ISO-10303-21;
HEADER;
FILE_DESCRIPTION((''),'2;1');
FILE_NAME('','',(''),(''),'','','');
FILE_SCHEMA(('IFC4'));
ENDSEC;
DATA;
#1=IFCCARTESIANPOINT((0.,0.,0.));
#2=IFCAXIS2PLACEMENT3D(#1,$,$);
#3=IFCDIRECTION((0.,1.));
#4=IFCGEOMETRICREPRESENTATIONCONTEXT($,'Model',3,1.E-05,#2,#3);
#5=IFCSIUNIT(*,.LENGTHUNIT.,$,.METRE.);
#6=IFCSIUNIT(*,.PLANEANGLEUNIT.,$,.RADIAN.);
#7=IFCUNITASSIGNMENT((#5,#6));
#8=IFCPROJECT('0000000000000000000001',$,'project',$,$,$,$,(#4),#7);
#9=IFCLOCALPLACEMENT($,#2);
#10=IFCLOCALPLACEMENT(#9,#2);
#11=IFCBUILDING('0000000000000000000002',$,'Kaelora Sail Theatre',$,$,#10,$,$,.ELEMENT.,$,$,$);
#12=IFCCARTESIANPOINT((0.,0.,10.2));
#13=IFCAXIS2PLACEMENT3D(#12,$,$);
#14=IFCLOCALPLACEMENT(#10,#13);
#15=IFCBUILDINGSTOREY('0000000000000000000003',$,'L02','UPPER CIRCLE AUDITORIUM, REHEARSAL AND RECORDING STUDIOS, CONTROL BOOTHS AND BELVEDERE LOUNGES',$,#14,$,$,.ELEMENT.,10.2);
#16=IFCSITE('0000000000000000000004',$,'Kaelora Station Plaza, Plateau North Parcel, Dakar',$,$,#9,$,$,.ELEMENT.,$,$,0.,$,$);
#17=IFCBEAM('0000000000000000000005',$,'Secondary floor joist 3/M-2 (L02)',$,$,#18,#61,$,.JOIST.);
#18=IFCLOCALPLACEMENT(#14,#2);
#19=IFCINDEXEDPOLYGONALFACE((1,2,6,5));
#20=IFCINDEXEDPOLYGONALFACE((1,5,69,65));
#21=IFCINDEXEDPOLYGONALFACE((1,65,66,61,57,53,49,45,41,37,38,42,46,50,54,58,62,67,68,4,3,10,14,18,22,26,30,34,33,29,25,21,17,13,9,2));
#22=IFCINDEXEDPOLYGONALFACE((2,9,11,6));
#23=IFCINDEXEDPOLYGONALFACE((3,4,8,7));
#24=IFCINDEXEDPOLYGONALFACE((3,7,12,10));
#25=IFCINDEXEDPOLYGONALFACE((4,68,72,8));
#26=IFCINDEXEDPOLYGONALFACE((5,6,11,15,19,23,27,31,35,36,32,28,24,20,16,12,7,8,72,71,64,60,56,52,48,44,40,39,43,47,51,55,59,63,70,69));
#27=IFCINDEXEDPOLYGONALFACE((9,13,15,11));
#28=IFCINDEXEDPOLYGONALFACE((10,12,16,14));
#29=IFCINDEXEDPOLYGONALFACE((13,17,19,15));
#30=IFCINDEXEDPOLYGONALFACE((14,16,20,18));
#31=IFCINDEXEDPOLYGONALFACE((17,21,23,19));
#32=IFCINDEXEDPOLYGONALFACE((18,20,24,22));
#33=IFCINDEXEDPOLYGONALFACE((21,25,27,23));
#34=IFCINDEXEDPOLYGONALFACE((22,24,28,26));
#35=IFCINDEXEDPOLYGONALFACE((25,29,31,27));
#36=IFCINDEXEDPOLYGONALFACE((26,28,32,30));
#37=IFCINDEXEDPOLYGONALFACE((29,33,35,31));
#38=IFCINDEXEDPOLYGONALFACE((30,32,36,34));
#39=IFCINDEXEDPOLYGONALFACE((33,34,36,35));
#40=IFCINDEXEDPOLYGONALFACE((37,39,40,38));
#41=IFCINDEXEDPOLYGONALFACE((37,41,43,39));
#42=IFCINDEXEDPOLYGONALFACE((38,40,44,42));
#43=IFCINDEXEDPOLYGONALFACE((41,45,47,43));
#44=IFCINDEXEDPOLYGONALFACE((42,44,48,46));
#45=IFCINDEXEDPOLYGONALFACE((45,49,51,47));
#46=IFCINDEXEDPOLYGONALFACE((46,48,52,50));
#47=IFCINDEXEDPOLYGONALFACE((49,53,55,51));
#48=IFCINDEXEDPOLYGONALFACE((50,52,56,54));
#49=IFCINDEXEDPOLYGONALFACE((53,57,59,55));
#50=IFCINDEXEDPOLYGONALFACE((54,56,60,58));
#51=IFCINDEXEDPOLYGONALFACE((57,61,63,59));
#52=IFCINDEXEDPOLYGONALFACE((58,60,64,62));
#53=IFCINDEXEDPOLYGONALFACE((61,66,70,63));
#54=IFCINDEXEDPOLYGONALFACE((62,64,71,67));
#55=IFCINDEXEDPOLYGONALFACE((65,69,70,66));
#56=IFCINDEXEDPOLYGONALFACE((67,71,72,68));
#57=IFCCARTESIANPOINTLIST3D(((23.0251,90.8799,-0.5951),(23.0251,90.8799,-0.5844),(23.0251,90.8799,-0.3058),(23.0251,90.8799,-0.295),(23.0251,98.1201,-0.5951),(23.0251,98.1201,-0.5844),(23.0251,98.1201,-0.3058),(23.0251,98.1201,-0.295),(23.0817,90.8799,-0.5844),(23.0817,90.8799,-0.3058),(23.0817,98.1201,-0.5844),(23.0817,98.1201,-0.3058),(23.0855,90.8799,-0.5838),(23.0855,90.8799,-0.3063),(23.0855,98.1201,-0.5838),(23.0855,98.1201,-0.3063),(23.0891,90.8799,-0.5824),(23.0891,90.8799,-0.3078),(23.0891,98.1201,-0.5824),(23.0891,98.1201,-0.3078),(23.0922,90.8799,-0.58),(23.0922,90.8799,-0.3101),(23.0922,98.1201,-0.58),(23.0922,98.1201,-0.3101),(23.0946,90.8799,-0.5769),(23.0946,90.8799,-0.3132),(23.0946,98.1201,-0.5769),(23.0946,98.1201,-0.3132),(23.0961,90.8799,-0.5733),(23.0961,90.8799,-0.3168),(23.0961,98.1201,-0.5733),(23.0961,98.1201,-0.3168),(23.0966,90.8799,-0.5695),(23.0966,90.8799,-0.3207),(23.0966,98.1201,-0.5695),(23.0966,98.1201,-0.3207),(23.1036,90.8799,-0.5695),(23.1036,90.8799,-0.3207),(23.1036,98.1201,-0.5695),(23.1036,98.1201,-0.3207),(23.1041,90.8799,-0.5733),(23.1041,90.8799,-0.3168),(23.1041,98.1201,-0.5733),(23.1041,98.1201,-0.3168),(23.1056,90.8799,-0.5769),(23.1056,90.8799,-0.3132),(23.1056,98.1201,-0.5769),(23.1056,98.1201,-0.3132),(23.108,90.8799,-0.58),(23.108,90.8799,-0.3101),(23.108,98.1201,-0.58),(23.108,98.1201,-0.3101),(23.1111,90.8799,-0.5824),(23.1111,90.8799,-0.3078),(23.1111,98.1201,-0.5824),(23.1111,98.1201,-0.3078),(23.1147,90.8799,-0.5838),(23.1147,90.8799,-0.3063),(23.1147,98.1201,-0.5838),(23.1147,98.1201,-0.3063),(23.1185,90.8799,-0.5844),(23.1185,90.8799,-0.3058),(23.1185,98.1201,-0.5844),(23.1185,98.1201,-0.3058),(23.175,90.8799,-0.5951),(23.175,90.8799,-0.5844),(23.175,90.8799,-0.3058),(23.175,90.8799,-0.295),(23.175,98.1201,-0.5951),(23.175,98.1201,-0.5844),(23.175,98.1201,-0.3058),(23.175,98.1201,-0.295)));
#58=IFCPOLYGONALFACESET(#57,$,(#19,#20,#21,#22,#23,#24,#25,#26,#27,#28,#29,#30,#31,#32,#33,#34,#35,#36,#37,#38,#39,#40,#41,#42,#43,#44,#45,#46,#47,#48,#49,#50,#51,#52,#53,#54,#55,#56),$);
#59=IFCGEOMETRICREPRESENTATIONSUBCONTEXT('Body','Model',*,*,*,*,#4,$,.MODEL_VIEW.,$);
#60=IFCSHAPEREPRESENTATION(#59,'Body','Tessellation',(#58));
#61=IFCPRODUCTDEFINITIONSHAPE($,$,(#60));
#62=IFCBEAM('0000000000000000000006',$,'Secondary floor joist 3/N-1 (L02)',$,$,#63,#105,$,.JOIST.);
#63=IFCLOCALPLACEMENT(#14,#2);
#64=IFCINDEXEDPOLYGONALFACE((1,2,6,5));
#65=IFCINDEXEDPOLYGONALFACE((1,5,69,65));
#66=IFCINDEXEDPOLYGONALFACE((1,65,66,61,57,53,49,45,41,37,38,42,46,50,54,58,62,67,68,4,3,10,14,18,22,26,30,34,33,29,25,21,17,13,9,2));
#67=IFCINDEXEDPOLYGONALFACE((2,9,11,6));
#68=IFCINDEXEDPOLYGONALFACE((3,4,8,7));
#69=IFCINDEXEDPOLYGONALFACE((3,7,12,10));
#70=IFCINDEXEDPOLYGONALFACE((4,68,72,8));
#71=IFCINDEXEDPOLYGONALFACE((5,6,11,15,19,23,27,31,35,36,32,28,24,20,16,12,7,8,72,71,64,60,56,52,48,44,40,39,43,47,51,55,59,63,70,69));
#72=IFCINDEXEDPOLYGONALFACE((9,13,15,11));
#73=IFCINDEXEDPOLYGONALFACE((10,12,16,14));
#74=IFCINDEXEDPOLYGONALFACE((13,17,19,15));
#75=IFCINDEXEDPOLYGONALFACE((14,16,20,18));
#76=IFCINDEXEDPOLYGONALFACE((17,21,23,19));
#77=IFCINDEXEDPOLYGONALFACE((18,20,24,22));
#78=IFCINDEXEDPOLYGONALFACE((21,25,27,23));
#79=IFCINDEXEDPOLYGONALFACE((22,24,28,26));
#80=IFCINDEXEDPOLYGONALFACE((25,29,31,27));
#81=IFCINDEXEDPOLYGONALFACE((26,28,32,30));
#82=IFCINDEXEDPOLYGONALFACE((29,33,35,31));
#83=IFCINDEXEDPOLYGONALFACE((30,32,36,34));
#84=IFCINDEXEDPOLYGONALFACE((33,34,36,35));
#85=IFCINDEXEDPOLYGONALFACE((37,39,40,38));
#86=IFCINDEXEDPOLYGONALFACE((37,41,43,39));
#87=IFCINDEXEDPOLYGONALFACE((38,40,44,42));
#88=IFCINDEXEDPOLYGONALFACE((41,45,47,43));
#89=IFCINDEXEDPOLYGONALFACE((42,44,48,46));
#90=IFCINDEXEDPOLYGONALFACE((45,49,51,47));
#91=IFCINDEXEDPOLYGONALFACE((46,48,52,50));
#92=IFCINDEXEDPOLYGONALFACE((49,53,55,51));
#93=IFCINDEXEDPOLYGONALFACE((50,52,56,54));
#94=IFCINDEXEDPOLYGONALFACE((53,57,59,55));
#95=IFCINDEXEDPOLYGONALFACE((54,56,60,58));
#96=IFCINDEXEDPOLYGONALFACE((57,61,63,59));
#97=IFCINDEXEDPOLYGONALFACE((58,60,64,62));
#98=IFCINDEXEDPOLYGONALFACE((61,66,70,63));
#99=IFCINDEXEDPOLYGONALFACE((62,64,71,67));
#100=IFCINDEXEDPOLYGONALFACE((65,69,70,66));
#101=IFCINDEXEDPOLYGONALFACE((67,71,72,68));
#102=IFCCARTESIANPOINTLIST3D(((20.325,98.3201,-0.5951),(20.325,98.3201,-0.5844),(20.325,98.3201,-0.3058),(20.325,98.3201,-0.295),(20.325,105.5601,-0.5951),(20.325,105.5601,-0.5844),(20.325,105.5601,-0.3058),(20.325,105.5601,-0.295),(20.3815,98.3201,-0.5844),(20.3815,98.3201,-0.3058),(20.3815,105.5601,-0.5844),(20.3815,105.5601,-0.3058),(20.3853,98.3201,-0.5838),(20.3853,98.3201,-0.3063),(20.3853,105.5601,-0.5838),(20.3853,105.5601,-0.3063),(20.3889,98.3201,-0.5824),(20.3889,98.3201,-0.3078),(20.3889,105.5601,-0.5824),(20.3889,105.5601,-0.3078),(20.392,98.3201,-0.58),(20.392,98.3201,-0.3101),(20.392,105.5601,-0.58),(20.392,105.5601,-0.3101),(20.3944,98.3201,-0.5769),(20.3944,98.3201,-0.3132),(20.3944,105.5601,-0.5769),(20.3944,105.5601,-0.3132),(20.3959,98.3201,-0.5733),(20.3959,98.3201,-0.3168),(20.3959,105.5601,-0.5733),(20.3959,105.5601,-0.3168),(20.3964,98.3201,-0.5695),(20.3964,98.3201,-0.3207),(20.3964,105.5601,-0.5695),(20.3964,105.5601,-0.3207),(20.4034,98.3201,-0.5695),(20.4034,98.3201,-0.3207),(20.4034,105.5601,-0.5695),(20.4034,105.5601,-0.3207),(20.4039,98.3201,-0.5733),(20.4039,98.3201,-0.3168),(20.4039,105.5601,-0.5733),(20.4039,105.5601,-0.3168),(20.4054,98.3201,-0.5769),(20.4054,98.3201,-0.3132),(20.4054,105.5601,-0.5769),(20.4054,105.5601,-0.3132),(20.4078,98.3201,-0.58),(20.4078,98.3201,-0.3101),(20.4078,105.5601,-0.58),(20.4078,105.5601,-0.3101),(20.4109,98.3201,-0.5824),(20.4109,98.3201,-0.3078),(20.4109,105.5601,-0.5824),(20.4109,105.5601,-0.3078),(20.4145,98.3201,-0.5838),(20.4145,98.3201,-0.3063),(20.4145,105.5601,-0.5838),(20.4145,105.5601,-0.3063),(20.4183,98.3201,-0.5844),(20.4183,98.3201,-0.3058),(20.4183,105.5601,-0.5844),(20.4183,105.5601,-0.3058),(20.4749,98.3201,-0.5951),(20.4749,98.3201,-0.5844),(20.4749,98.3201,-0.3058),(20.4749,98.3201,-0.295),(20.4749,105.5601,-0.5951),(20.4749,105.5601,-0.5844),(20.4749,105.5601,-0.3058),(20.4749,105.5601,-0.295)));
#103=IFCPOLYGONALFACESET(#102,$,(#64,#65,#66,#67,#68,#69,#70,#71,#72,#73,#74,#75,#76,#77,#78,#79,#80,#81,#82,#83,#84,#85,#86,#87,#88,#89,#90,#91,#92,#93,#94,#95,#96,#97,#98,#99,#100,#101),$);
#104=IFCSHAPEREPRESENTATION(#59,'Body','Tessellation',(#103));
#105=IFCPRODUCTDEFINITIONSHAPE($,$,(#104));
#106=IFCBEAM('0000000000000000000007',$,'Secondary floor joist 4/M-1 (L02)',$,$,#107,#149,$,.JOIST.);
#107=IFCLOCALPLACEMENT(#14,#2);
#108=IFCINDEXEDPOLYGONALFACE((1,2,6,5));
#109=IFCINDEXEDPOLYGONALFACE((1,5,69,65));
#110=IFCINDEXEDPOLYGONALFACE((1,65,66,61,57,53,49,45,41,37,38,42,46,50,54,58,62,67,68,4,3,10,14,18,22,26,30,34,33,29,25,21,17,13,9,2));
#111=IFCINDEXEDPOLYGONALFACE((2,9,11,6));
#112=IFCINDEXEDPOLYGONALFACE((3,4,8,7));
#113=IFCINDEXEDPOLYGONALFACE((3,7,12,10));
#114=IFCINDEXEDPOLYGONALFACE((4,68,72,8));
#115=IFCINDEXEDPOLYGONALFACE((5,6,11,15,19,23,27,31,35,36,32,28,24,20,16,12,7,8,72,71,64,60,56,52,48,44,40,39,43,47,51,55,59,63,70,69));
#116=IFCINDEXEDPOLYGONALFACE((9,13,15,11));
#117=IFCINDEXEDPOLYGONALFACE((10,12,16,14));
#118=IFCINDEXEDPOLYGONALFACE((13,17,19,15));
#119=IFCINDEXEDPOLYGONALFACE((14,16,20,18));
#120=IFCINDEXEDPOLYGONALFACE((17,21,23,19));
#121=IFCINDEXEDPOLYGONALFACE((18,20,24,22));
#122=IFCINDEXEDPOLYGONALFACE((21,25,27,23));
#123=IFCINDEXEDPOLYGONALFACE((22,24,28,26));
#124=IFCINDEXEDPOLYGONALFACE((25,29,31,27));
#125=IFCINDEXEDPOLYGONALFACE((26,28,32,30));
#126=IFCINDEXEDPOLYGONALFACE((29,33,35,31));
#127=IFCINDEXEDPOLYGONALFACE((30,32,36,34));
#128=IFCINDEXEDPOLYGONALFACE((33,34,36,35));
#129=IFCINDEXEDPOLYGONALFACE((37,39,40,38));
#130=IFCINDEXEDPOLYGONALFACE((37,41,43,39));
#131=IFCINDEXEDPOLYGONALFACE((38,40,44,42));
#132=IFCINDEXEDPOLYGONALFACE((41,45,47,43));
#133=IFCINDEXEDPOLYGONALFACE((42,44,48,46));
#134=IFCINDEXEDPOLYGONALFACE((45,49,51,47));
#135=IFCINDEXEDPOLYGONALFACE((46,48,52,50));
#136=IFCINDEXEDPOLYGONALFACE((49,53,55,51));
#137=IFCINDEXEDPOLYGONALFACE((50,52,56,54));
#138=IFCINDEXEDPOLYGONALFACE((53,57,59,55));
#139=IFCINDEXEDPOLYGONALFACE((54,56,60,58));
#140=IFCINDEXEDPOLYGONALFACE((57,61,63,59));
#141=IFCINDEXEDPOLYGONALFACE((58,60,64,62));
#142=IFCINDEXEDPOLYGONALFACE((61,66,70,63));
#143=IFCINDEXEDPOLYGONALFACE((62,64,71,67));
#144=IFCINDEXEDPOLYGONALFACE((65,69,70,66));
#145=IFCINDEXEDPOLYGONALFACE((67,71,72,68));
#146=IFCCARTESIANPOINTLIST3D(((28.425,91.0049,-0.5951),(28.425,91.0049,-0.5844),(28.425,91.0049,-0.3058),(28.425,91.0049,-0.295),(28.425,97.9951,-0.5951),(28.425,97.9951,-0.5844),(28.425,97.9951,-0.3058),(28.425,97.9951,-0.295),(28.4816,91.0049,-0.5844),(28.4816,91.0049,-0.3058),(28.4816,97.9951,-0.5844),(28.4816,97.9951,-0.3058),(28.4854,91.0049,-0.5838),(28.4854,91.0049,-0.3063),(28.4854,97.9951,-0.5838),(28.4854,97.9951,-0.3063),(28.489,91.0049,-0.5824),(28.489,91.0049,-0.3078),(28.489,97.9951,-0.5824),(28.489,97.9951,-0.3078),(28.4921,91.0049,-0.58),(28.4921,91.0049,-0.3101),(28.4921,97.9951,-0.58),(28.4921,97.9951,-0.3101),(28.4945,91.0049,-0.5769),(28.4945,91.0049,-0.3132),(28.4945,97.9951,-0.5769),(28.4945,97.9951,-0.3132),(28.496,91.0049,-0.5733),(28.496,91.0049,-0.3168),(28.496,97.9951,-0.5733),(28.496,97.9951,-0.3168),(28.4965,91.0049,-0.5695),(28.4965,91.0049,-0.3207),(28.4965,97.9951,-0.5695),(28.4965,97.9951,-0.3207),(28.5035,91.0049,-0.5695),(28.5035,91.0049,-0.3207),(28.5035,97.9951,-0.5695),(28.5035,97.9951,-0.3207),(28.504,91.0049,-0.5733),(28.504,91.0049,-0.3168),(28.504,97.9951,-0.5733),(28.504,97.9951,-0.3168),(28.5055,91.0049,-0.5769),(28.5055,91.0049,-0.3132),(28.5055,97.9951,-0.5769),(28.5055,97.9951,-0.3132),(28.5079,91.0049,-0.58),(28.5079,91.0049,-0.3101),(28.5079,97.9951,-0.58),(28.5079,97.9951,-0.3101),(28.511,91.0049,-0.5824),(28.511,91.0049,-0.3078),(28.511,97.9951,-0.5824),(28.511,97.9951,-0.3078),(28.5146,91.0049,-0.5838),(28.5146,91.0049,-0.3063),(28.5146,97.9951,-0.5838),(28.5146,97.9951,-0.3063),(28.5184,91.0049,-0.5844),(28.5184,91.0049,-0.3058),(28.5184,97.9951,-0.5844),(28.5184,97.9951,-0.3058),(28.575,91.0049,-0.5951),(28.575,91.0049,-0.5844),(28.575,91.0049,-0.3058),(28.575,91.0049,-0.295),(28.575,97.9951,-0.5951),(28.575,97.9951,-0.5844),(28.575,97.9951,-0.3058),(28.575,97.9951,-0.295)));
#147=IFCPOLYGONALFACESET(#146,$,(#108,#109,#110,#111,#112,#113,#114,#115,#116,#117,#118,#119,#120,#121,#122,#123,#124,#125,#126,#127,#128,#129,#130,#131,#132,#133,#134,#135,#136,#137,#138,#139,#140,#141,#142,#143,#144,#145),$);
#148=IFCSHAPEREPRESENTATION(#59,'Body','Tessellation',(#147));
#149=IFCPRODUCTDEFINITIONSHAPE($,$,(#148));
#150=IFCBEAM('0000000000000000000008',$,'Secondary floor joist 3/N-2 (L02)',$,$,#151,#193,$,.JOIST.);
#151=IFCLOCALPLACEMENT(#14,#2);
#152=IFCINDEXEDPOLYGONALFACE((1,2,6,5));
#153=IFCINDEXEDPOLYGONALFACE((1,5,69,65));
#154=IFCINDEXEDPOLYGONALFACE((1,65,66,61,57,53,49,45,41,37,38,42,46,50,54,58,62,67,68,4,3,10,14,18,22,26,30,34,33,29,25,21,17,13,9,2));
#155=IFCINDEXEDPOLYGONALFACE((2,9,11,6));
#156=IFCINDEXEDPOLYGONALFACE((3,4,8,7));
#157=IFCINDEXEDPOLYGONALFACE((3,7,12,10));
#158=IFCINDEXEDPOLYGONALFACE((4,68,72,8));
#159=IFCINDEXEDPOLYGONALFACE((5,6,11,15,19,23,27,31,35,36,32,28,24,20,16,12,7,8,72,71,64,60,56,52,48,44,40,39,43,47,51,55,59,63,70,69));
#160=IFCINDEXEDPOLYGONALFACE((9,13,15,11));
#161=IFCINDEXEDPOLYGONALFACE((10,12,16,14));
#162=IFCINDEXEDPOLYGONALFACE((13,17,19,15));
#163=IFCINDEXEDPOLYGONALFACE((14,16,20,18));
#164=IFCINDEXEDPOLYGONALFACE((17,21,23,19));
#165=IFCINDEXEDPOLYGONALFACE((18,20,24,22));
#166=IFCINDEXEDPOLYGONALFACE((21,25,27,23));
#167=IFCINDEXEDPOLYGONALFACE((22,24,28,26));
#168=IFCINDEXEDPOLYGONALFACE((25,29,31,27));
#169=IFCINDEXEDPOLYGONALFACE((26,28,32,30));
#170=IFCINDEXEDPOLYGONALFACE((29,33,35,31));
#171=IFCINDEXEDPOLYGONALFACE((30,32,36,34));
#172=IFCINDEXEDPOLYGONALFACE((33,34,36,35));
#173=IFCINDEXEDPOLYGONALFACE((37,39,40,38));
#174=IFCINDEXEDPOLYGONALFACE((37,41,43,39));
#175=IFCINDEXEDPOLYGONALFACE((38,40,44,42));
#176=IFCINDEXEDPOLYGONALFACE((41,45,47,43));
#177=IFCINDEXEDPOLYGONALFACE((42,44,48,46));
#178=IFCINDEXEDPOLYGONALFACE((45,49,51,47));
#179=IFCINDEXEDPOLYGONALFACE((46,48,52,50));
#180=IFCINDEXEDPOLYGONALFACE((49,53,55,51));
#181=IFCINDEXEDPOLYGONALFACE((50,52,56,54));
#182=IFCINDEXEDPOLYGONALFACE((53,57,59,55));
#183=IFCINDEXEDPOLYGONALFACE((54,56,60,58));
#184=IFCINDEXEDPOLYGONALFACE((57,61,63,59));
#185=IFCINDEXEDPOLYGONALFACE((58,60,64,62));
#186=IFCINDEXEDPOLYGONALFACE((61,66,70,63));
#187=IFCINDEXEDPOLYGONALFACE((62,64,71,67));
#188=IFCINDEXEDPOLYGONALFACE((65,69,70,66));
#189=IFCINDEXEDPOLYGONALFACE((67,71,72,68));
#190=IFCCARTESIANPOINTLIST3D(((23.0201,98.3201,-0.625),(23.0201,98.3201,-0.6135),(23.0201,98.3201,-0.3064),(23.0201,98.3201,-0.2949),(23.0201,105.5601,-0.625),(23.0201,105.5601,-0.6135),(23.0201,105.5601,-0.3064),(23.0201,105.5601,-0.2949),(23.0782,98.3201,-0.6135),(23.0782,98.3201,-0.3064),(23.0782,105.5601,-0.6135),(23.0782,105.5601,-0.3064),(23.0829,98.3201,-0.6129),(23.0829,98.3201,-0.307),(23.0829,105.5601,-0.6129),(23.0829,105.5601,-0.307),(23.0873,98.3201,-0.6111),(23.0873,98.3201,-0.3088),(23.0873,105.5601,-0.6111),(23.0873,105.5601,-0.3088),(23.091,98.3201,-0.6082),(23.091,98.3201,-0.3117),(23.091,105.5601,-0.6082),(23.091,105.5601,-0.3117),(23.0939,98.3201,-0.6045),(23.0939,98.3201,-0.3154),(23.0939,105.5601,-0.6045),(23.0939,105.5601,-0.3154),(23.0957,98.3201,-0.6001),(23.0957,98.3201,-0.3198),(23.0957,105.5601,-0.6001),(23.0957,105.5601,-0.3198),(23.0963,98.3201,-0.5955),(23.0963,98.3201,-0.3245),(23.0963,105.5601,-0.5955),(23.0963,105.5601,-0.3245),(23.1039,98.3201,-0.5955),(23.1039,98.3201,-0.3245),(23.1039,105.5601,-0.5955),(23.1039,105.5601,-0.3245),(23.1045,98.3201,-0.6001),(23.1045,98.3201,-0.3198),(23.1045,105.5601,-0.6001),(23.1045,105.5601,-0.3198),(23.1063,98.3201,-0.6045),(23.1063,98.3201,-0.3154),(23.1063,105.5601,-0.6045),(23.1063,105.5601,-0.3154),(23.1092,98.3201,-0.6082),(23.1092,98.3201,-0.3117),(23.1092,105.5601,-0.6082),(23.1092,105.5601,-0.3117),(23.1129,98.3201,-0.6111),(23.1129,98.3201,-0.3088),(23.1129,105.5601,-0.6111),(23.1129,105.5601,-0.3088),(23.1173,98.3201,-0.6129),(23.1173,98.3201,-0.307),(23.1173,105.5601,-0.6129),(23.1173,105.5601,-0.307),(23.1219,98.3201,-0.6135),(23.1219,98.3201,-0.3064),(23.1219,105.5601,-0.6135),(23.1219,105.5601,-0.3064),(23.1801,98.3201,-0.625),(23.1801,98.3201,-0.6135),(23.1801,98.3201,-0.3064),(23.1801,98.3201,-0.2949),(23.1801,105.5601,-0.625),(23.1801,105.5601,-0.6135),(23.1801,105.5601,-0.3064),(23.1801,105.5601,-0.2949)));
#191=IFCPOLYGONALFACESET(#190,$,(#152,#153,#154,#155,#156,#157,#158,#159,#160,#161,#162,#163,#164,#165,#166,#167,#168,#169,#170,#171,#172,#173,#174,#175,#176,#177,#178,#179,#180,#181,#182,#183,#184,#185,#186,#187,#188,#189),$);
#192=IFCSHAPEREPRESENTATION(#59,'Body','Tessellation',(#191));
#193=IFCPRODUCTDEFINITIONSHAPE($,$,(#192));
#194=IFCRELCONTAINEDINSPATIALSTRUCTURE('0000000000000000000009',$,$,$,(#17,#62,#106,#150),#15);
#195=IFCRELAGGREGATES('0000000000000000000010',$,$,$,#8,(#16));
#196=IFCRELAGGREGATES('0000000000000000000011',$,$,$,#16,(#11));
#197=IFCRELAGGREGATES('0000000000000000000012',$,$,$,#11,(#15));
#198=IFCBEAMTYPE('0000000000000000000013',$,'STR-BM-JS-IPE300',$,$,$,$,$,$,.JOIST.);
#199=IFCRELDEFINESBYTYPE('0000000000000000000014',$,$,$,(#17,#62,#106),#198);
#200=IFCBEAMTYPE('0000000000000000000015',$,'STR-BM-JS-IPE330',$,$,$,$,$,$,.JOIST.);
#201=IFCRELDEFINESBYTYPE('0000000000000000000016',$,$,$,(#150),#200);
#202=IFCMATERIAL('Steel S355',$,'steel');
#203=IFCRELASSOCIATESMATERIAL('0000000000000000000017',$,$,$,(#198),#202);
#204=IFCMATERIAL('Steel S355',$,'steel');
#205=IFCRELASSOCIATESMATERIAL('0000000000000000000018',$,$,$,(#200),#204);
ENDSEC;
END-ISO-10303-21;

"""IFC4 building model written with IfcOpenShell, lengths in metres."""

from ifc_helpers import new_model, si_unit, direction, frame, origin, origin_2d, place, context, subcontext, project, spatial, i_section, extrude, material, material_profile, profile_set, type_object, element, save


model = new_model("IFC4")

# Units and contexts
model_context = context("Model", 3, precision=1e-05, world=origin(), true_north=direction((0.0, 1.0)))
body_context = subcontext(model_context, "Body", "Model", "MODEL_VIEW")
ifc_project = project(units=[si_unit("LENGTHUNIT", "METRE"), si_unit("PLANEANGLEUNIT", "RADIAN")], contexts=[model_context])

# Site, building, storey
site_placement = place(None, origin())
site = spatial("IfcSite", under=ifc_project, at=site_placement, Name="Kaelora Station Plaza, Plateau North Parcel, Dakar", CompositionType="ELEMENT", RefElevation=0.0)
building_placement = place(site_placement, origin())
building = spatial("IfcBuilding", under=site, at=building_placement, Name="Kaelora Sail Theatre", CompositionType="ELEMENT")
storey_placement = place(building_placement, frame((0.0, 0.0, 10.2)))
storey = spatial("IfcBuildingStorey", under=building, at=storey_placement, Name="L02", Description="UPPER CIRCLE AUDITORIUM, REHEARSAL AND RECORDING STUDIOS, CONTROL BOOTHS AND BELVEDERE LOUNGES", CompositionType="ELEMENT", Elevation=10.2)

# Beams
ifc_material_1 = material(Name="Steel S355", Category="steel")
ifc_material_profile_1 = material_profile(ifc_material_1, i_section(OverallWidth=0.1499, OverallDepth=0.3, WebThickness=0.0071, FlangeThickness=0.0107, FilletRadius=0.0149, at=origin_2d()), Name="IPE 300")
ifc_profile_set_1 = profile_set([ifc_material_profile_1], Name="Steel S355")
beam_type_1 = type_object("IfcBeamType", Name="STR-BM-JS-IPE300", PredefinedType="JOIST", material=ifc_profile_set_1)
beam_1_placement = place(storey_placement, frame((23.1001, 90.8799, -0.4451), z_axis=(0.0, 1.0, 0.0), x_axis=(-1.0, 0.0, 0.0)))
element("IfcBeam", 1, at=beam_1_placement, inside=storey, type_object=beam_type_1, Name="Secondary floor joist 3/M-2 (L02)", PredefinedType="JOIST", context=body_context, shape_type="SweptSolid", body=[
    extrude(i_section(OverallWidth=0.1499, OverallDepth=0.3, WebThickness=0.0071, FlangeThickness=0.0107, FilletRadius=0.0149, at=origin_2d()), origin(), (0.0, 0.0, 1.0), 7.2402),
])
beam_2_placement = place(storey_placement, frame((20.3999, 98.3201, -0.4451), z_axis=(0.0, 1.0, 0.0), x_axis=(-1.0, 0.0, 0.0)))
element("IfcBeam", 2, at=beam_2_placement, inside=storey, type_object=beam_type_1, Name="Secondary floor joist 3/N-1 (L02)", PredefinedType="JOIST", context=body_context, shape_type="SweptSolid", body=[
    extrude(i_section(OverallWidth=0.1499, OverallDepth=0.3, WebThickness=0.0071, FlangeThickness=0.0107, FilletRadius=0.0149, at=origin_2d()), origin(), (0.0, 0.0, 1.0), 7.24),
])
beam_3_placement = place(storey_placement, frame((28.5, 91.0049, -0.4451), z_axis=(0.0, 1.0, 0.0), x_axis=(-1.0, 0.0, 0.0)))
element("IfcBeam", 3, at=beam_3_placement, inside=storey, type_object=beam_type_1, Name="Secondary floor joist 4/M-1 (L02)", PredefinedType="JOIST", context=body_context, shape_type="SweptSolid", body=[
    extrude(i_section(OverallWidth=0.1499, OverallDepth=0.3, WebThickness=0.0071, FlangeThickness=0.0107, FilletRadius=0.0149, at=origin_2d()), origin(), (0.0, 0.0, 1.0), 6.9902),
])
ifc_material_2 = material(Name="Steel S355", Category="steel")
ifc_material_profile_2 = material_profile(ifc_material_2, i_section(OverallWidth=0.1599, OverallDepth=0.3301, WebThickness=0.0076, FlangeThickness=0.0115, FilletRadius=0.0181, at=origin_2d()), Name="IPE 330")
ifc_profile_set_2 = profile_set([ifc_material_profile_2], Name="Steel S355")
beam_type_2 = type_object("IfcBeamType", Name="STR-BM-JS-IPE330", PredefinedType="JOIST", material=ifc_profile_set_2)
beam_4_placement = place(storey_placement, frame((23.1001, 98.3201, -0.46), z_axis=(0.0, 1.0, 0.0), x_axis=(-1.0, 0.0, 0.0)))
element("IfcBeam", 4, at=beam_4_placement, inside=storey, type_object=beam_type_2, Name="Secondary floor joist 3/N-2 (L02)", PredefinedType="JOIST", context=body_context, shape_type="SweptSolid", body=[
    extrude(i_section(OverallWidth=0.1599, OverallDepth=0.3301, WebThickness=0.0076, FlangeThickness=0.0115, FilletRadius=0.0181, at=origin_2d()), origin(), (0.0, 0.0, 1.0), 7.24),
])

save(model, "model.ifc")
